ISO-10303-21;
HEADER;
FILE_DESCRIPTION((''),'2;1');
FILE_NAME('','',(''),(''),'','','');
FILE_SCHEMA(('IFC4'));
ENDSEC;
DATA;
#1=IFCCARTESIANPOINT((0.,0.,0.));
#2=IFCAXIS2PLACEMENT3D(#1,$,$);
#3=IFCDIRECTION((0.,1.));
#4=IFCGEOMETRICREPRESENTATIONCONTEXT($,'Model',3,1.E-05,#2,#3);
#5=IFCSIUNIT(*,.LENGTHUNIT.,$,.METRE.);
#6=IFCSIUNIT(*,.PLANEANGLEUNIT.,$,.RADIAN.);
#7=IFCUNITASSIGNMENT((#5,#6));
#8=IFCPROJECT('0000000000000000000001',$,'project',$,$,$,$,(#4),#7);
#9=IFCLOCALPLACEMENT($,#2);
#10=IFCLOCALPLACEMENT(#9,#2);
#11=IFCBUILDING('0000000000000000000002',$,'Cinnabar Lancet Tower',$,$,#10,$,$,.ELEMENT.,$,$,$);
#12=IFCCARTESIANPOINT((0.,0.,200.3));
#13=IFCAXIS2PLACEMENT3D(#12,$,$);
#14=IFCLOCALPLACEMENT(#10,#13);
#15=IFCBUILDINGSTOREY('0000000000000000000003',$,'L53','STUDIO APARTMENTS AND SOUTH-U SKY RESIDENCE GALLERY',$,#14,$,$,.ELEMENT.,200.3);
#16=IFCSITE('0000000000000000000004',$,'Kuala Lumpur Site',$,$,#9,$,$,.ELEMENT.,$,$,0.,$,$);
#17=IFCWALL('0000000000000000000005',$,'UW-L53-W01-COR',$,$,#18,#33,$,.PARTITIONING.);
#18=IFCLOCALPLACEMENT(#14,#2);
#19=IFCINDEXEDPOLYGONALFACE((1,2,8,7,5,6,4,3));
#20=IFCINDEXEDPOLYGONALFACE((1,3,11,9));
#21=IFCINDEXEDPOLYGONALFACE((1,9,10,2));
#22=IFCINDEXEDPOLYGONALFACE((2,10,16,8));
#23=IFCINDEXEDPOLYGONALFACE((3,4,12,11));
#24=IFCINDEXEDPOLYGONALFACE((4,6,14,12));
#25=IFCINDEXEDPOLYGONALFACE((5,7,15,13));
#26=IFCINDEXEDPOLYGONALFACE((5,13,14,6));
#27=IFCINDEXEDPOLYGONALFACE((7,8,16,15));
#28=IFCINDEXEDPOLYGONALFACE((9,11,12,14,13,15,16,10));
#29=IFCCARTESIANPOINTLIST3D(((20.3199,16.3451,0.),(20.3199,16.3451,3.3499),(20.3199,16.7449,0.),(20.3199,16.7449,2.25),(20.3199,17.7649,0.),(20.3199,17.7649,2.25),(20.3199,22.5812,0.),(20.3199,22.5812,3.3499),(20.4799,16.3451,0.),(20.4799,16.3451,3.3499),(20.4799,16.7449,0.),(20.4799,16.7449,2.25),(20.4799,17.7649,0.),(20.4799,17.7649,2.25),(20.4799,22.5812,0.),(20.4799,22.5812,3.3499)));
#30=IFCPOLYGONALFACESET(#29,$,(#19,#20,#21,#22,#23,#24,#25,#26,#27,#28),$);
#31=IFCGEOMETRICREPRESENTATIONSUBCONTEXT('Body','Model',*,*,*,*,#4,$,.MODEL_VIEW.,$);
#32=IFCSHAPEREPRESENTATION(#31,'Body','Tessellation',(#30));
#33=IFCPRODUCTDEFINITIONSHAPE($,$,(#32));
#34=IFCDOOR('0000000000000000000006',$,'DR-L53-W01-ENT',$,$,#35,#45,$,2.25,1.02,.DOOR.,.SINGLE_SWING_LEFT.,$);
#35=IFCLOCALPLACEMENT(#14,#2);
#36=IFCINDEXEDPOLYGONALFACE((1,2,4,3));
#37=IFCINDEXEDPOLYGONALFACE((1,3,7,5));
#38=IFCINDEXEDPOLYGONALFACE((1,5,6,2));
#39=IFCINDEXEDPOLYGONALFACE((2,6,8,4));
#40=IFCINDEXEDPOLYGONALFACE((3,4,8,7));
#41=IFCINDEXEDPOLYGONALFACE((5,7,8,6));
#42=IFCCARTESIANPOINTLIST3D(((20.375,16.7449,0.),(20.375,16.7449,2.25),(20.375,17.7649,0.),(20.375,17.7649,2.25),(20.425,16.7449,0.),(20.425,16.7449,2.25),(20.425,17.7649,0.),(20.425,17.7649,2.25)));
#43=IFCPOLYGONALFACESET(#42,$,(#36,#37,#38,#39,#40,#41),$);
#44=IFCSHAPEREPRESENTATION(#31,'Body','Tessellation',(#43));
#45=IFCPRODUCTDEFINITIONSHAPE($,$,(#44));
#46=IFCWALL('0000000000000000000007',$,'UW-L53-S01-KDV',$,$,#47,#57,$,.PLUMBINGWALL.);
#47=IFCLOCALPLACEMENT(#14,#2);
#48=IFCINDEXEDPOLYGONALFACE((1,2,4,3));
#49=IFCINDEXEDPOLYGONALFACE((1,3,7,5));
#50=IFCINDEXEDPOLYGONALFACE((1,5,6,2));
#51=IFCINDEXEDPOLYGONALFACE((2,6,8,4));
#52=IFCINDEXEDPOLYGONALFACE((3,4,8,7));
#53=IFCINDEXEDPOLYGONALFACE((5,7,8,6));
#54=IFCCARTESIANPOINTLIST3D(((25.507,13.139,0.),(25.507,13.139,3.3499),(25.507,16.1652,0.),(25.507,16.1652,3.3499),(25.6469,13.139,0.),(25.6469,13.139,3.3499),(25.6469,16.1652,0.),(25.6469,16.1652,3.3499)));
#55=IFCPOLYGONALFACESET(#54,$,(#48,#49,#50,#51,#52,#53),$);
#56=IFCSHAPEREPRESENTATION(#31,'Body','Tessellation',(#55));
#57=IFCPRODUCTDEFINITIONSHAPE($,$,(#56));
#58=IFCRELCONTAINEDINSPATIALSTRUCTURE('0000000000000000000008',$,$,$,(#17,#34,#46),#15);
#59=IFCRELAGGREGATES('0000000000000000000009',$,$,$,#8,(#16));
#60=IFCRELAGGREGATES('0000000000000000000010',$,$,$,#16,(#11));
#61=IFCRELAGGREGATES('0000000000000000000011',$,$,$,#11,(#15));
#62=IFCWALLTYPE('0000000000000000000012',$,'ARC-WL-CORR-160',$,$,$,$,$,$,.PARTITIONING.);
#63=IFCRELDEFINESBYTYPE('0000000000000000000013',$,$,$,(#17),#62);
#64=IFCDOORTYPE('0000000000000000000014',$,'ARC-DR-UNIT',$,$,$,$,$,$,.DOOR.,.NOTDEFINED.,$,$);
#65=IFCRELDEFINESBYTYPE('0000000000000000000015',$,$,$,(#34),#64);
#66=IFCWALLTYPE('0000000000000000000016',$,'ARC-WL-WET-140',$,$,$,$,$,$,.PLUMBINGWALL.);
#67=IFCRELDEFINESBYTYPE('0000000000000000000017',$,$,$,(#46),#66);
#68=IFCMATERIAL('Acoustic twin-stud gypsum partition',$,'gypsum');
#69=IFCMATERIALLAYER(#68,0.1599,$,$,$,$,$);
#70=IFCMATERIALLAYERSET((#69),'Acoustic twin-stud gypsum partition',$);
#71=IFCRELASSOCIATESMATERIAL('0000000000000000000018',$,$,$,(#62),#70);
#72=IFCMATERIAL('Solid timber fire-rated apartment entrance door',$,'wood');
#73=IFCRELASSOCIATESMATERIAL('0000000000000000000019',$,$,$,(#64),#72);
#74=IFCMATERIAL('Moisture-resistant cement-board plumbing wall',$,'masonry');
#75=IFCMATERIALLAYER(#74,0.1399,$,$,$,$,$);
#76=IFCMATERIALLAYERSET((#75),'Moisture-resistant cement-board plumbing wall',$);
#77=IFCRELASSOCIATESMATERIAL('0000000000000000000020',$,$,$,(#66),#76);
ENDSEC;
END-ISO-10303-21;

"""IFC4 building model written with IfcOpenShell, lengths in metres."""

from ifc_helpers import new_model, si_unit, direction, frame, frame_2d, origin, place, context, subcontext, project, spatial, rectangle, extrude, material, layer, layer_set, type_object, element, fill, save


model = new_model("IFC4")

# Units and contexts
model_context = context("Model", 3, precision=1e-05, world=origin(), true_north=direction((0.0, 1.0)))
body_context = subcontext(model_context, "Body", "Model", "MODEL_VIEW")
ifc_project = project(units=[si_unit("LENGTHUNIT", "METRE"), si_unit("PLANEANGLEUNIT", "RADIAN")], contexts=[model_context])

# Site, building, storey
site_placement = place(None, origin())
site = spatial("IfcSite", under=ifc_project, at=site_placement, Name="Kuala Lumpur Site", CompositionType="ELEMENT", RefElevation=0.0)
building_placement = place(site_placement, origin())
building = spatial("IfcBuilding", under=site, at=building_placement, Name="Cinnabar Lancet Tower", CompositionType="ELEMENT")
storey_placement = place(building_placement, frame((0.0, 0.0, 200.3)))
storey = spatial("IfcBuildingStorey", under=building, at=storey_placement, Name="L53", Description="STUDIO APARTMENTS AND SOUTH-U SKY RESIDENCE GALLERY", CompositionType="ELEMENT", Elevation=200.3)

# Wall, opening, door
ifc_material_1 = material(Name="Acoustic twin-stud gypsum partition", Category="gypsum")
ifc_layer_1 = layer(ifc_material_1, 0.1599)
ifc_layer_set_1 = layer_set([ifc_layer_1], Name="Acoustic twin-stud gypsum partition")
wall_type_1 = type_object("IfcWallType", Name="ARC-WL-CORR-160", PredefinedType="PARTITIONING", material=ifc_layer_set_1)
ifc_material_2 = material(Name="Solid timber fire-rated apartment entrance door", Category="wood")
door_type = type_object("IfcDoorType", Name="ARC-DR-UNIT", OperationType="NOTDEFINED", PredefinedType="DOOR", material=ifc_material_2)
wall_1_placement = place(storey_placement, frame((20.3999, 16.345, 0.0), z_axis=(0.0, 0.0, 1.0), x_axis=(0.0, 1.0, 0.0)))
wall_1 = element("IfcWall", 1, at=wall_1_placement, inside=storey, type_object=wall_type_1, Name="UW-L53-W01-COR", PredefinedType="PARTITIONING", context=body_context, shape_type="SweptSolid", body=[
    extrude(rectangle(XDim=6.2361, YDim=0.1599, at=frame_2d((3.1182, 0.0))), origin(), (0.0, 0.0, 1.0), 3.3499),
])
opening_1_placement = place(wall_1_placement, frame((0.3999, 0.0, 0.0)))
opening_1 = element("IfcOpeningElement", 2, at=opening_1_placement, cuts=wall_1, PredefinedType="OPENING", context=body_context, shape_type="SweptSolid", body=[
    extrude(rectangle(XDim=1.02, YDim=2.25, at=frame_2d((0.51, 1.125))), frame((0.0, 0.0898, 0.0), z_axis=(0.0, -1.0, 0.0), x_axis=(1.0, 0.0, 0.0)), (0.0, 0.0, 1.0), 0.1799),
])
door_1_placement = place(opening_1_placement, origin())
door_1 = element("IfcDoor", 3, at=door_1_placement, inside=storey, type_object=door_type, Name="DR-L53-W01-ENT", OperationType="SINGLE_SWING_LEFT", OverallHeight=2.25, OverallWidth=1.02, PredefinedType="DOOR", context=body_context, shape_type="SweptSolid", body=[
    extrude(rectangle(XDim=1.02, YDim=2.25, at=frame_2d((0.51, 1.125))), frame((0.0, 0.0249, 0.0), z_axis=(0.0, -1.0, 0.0), x_axis=(1.0, 0.0, 0.0)), (0.0, 0.0, 1.0), 0.05),
])
fill(opening_1, door_1)

# Wall
ifc_material_3 = material(Name="Moisture-resistant cement-board plumbing wall", Category="masonry")
ifc_layer_2 = layer(ifc_material_3, 0.1399)
ifc_layer_set_2 = layer_set([ifc_layer_2], Name="Moisture-resistant cement-board plumbing wall")
wall_type_2 = type_object("IfcWallType", Name="ARC-WL-WET-140", PredefinedType="PLUMBINGWALL", material=ifc_layer_set_2)
wall_2_placement = place(storey_placement, frame((25.5769, 13.1389, 0.0), z_axis=(0.0, 0.0, 1.0), x_axis=(0.0, 1.0, 0.0)))
element("IfcWall", 4, at=wall_2_placement, inside=storey, type_object=wall_type_2, Name="UW-L53-S01-KDV", PredefinedType="PLUMBINGWALL", context=body_context, shape_type="SweptSolid", body=[
    extrude(rectangle(XDim=3.0261, YDim=0.1399, at=frame_2d((1.5132, 0.0))), origin(), (0.0, 0.0, 1.0), 3.3499),
])

save(model, "model.ifc")
